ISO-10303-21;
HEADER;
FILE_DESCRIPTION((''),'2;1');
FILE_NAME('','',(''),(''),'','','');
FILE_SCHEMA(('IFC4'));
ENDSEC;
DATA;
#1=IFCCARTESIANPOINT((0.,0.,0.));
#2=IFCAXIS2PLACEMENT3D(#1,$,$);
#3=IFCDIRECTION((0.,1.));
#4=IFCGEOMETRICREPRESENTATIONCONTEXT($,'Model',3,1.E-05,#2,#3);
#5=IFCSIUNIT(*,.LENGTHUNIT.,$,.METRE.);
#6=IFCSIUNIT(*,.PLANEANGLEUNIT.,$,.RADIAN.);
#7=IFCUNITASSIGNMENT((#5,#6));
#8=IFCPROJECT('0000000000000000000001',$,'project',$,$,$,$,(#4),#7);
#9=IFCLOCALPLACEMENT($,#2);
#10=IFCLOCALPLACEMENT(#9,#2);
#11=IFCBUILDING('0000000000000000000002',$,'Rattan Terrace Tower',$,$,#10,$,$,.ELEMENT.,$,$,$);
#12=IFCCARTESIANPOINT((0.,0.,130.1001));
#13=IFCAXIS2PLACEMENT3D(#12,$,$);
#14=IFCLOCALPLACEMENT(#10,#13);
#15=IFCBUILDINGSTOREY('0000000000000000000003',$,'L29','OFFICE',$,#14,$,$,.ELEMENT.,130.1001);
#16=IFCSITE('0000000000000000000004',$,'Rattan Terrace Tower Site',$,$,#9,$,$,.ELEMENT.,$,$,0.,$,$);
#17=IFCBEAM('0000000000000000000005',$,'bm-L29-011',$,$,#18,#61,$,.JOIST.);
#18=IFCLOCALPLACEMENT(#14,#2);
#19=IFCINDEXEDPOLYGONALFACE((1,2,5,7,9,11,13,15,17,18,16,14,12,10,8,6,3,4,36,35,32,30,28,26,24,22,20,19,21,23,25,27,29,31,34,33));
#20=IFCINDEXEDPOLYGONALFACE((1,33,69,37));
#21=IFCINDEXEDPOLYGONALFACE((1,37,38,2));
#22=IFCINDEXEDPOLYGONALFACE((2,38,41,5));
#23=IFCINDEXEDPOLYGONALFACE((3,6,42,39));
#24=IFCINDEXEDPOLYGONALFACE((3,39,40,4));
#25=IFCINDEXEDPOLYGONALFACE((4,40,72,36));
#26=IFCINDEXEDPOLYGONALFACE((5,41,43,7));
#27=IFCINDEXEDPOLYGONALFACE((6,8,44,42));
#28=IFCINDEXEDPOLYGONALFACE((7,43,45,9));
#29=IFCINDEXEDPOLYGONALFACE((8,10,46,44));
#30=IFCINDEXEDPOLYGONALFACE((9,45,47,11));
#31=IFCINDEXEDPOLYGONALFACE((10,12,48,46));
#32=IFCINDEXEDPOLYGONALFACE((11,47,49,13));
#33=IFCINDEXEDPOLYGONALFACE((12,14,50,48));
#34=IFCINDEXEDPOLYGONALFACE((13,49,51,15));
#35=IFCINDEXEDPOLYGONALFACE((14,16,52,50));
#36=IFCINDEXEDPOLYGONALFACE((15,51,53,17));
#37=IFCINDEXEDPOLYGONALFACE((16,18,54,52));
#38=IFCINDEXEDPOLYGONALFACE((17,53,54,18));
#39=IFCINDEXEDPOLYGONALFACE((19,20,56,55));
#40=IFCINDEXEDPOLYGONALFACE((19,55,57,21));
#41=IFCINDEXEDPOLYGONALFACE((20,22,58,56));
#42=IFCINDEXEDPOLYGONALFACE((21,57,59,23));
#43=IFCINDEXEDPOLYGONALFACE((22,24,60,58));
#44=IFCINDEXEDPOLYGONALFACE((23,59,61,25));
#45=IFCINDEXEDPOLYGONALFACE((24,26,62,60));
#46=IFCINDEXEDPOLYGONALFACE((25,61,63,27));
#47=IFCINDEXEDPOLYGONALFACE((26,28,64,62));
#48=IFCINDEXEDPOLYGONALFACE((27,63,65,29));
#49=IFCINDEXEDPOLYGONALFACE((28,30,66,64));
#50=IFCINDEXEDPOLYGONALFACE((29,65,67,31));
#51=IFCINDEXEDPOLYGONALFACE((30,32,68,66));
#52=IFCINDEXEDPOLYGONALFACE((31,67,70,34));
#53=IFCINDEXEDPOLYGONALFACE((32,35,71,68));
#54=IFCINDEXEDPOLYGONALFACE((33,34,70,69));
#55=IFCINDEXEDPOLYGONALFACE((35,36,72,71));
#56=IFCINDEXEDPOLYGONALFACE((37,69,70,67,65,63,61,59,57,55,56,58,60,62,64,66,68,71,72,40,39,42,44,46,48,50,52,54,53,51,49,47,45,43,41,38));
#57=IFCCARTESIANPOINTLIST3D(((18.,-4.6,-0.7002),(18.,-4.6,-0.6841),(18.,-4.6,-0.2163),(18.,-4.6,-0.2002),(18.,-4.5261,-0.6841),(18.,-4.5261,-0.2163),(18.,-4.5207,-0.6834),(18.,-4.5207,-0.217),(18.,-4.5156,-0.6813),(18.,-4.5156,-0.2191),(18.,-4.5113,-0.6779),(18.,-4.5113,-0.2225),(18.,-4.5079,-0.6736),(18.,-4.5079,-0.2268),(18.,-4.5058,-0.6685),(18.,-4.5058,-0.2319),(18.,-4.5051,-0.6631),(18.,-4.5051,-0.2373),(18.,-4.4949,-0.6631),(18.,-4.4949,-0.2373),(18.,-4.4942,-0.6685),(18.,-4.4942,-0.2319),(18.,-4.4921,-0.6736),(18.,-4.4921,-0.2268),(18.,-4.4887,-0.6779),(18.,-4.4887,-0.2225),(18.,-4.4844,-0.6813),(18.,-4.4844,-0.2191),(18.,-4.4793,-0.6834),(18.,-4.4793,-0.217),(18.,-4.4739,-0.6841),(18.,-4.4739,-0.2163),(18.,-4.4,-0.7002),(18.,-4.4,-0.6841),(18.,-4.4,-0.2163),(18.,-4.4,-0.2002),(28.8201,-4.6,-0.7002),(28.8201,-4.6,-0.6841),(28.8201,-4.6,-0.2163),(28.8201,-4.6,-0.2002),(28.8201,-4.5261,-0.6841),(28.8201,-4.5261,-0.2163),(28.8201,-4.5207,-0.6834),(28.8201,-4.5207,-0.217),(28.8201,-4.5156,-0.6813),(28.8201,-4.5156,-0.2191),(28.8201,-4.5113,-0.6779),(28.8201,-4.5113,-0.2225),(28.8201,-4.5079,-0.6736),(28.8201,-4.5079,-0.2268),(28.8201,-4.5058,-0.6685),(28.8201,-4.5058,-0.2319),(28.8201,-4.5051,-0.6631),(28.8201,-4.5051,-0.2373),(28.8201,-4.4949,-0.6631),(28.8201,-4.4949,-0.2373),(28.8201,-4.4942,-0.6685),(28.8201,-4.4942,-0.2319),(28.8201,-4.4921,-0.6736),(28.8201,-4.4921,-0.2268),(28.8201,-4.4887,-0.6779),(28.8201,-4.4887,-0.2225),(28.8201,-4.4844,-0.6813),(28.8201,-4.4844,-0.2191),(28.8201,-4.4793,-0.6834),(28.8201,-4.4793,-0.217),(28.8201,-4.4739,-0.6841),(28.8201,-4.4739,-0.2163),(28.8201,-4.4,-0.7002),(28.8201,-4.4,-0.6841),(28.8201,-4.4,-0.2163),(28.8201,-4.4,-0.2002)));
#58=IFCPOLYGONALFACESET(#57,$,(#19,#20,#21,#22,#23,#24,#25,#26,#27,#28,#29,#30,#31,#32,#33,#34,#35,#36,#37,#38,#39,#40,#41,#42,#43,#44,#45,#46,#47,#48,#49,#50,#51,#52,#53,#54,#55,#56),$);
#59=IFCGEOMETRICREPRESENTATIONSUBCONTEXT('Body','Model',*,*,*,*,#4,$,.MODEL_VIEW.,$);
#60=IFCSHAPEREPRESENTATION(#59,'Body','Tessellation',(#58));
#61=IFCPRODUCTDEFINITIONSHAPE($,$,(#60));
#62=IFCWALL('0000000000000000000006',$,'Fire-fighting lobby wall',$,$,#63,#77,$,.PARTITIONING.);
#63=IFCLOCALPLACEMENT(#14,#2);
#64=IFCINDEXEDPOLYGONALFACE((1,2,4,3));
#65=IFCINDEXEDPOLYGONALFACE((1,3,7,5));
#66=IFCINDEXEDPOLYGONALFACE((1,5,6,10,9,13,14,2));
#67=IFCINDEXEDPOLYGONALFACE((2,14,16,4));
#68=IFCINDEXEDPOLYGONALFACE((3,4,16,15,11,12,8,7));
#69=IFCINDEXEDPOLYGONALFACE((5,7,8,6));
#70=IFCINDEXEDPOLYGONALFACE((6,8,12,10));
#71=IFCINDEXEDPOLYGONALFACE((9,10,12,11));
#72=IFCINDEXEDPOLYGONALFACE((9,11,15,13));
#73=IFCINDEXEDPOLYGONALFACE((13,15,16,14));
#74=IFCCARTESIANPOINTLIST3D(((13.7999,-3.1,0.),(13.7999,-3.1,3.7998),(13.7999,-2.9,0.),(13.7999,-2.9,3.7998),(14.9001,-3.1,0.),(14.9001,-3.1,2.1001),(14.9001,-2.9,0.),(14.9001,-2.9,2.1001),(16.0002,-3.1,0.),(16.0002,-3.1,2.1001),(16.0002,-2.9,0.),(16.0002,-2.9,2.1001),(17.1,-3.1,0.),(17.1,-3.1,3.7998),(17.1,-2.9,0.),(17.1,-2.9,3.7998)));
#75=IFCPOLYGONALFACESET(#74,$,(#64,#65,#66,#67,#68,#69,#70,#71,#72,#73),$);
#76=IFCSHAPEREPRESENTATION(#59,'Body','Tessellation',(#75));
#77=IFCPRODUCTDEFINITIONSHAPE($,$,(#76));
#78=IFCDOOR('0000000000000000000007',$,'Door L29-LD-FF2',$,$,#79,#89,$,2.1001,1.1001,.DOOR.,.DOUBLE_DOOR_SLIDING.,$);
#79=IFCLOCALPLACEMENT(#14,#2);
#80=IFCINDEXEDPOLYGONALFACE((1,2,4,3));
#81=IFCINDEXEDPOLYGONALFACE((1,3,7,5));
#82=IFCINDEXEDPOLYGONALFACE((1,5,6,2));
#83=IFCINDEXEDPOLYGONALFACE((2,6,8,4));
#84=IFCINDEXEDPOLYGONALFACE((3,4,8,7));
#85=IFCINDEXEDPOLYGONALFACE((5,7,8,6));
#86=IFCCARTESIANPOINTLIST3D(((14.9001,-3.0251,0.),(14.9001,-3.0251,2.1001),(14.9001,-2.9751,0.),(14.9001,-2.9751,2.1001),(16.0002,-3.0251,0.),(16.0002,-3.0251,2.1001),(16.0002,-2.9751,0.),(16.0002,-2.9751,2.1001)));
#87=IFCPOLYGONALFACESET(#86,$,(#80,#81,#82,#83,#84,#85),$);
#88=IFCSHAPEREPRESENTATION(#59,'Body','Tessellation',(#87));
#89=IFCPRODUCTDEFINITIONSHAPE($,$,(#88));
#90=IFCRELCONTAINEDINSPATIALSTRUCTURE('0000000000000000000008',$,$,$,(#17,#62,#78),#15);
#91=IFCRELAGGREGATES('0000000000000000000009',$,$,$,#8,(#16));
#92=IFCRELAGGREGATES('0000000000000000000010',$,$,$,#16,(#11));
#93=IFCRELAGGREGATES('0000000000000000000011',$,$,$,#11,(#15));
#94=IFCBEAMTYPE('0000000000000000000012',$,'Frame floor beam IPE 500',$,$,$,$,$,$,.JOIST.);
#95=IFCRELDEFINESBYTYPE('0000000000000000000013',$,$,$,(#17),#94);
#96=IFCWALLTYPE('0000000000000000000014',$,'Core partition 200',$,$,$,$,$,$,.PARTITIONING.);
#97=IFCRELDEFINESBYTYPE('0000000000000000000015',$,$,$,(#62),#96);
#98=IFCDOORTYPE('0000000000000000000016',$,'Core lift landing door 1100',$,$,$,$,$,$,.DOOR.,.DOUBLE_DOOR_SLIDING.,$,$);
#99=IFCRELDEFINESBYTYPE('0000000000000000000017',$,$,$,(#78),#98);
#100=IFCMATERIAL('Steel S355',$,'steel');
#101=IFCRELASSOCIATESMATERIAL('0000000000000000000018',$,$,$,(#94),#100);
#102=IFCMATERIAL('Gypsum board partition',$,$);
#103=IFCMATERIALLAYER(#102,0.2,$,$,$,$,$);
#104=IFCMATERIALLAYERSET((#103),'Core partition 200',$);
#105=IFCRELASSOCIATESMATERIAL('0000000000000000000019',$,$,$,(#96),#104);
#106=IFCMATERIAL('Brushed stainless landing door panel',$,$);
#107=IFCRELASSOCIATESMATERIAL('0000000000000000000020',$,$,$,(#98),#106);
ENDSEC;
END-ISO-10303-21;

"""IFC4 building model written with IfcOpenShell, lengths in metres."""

from ifc_helpers import new_model, si_unit, direction, frame, frame_2d, origin, origin_2d, place, context, subcontext, project, spatial, rectangle, i_section, extrude, material, layer, layer_set, material_profile, profile_set, type_object, element, fill, save


model = new_model("IFC4")

# Units and contexts
model_context = context("Model", 3, precision=1e-05, world=origin(), true_north=direction((0.0, 1.0)))
body_context = subcontext(model_context, "Body", "Model", "MODEL_VIEW")
ifc_project = project(units=[si_unit("LENGTHUNIT", "METRE"), si_unit("PLANEANGLEUNIT", "RADIAN")], contexts=[model_context])

# Site, building, storey
site_placement = place(None, origin())
site = spatial("IfcSite", under=ifc_project, at=site_placement, Name="Rattan Terrace Tower Site", CompositionType="ELEMENT", RefElevation=0.0)
building_placement = place(site_placement, origin())
building = spatial("IfcBuilding", under=site, at=building_placement, Name="Rattan Terrace Tower", CompositionType="ELEMENT")
storey_placement = place(building_placement, frame((0.0, 0.0, 130.1001)))
storey = spatial("IfcBuildingStorey", under=building, at=storey_placement, Name="L29", Description="OFFICE", CompositionType="ELEMENT", Elevation=130.1001)

# Beam
ifc_material_1 = material(Name="Steel S355", Category="steel")
ifc_material_profile = material_profile(ifc_material_1, i_section(OverallWidth=0.2, OverallDepth=0.5, WebThickness=0.0103, FlangeThickness=0.0161, FilletRadius=0.021, at=origin_2d()), Name="IPE 500")
ifc_profile_set = profile_set([ifc_material_profile], Name="Steel S355")
beam_type = type_object("IfcBeamType", Name="Frame floor beam IPE 500", PredefinedType="JOIST", material=ifc_profile_set)
beam_placement = place(storey_placement, frame((18.0, -4.5, -0.4502), z_axis=(1.0, 0.0, 0.0), x_axis=(0.0, 1.0, 0.0)))
element("IfcBeam", 1, at=beam_placement, inside=storey, type_object=beam_type, Name="bm-L29-011", PredefinedType="JOIST", context=body_context, shape_type="SweptSolid", body=[
    extrude(i_section(OverallWidth=0.2, OverallDepth=0.5, WebThickness=0.0103, FlangeThickness=0.0161, FilletRadius=0.021, at=origin_2d()), origin(), (0.0, 0.0, 1.0), 10.8201),
])

# Wall, opening, door
ifc_material_2 = material(Name="Gypsum board partition")
ifc_layer_1 = layer(ifc_material_2, 0.2)
ifc_layer_set_1 = layer_set([ifc_layer_1], Name="Core partition 200")
wall_type_1 = type_object("IfcWallType", Name="Core partition 200", PredefinedType="PARTITIONING", material=ifc_layer_set_1)
wall_1_placement = place(storey_placement, frame((13.8, -3.0, 0.0), z_axis=(0.0, 0.0, 1.0), x_axis=(1.0, 0.0, 0.0)))
wall_1 = element("IfcWall", 2, at=wall_1_placement, inside=storey, type_object=wall_type_1, Name="Fire-fighting lobby wall", PredefinedType="PARTITIONING", context=body_context, shape_type="SweptSolid", body=[
    extrude(rectangle(XDim=3.3, YDim=0.2, at=frame_2d((1.6499, 0.0))), origin(), (0.0, 0.0, 1.0), 3.7998),
])
opening_1_placement = place(wall_1_placement, frame((1.1001, 0.0, 0.0)))
opening_1 = element("IfcOpeningElement", 3, at=opening_1_placement, cuts=wall_1, PredefinedType="OPENING", context=body_context, shape_type="SweptSolid", body=[
    extrude(rectangle(XDim=1.1001, YDim=2.1001, at=frame_2d((0.55, 1.05))), frame((0.0, 0.1106, 0.0), z_axis=(0.0, -1.0, 0.0), x_axis=(1.0, 0.0, 0.0)), (0.0, 0.0, 1.0), 0.2209),
])
ifc_material_3 = material(Name="Brushed stainless landing door panel")
door_type_1 = type_object("IfcDoorType", Name="Core lift landing door 1100", OperationType="DOUBLE_DOOR_SLIDING", PredefinedType="DOOR", material=ifc_material_3)
door_1_placement = place(opening_1_placement, origin())
door_1 = element("IfcDoor", 4, at=door_1_placement, inside=storey, type_object=door_type_1, Name="Door L29-LD-FF2", OperationType="DOUBLE_DOOR_SLIDING", OverallHeight=2.1001, OverallWidth=1.1001, PredefinedType="DOOR", context=body_context, shape_type="SweptSolid", body=[
    extrude(rectangle(XDim=1.1001, YDim=2.1001, at=frame_2d((0.55, 1.05))), frame((0.0, 0.0249, 0.0), z_axis=(0.0, -1.0, 0.0), x_axis=(1.0, 0.0, 0.0)), (0.0, 0.0, 1.0), 0.05),
])
fill(opening_1, door_1)

save(model, "model.ifc")
